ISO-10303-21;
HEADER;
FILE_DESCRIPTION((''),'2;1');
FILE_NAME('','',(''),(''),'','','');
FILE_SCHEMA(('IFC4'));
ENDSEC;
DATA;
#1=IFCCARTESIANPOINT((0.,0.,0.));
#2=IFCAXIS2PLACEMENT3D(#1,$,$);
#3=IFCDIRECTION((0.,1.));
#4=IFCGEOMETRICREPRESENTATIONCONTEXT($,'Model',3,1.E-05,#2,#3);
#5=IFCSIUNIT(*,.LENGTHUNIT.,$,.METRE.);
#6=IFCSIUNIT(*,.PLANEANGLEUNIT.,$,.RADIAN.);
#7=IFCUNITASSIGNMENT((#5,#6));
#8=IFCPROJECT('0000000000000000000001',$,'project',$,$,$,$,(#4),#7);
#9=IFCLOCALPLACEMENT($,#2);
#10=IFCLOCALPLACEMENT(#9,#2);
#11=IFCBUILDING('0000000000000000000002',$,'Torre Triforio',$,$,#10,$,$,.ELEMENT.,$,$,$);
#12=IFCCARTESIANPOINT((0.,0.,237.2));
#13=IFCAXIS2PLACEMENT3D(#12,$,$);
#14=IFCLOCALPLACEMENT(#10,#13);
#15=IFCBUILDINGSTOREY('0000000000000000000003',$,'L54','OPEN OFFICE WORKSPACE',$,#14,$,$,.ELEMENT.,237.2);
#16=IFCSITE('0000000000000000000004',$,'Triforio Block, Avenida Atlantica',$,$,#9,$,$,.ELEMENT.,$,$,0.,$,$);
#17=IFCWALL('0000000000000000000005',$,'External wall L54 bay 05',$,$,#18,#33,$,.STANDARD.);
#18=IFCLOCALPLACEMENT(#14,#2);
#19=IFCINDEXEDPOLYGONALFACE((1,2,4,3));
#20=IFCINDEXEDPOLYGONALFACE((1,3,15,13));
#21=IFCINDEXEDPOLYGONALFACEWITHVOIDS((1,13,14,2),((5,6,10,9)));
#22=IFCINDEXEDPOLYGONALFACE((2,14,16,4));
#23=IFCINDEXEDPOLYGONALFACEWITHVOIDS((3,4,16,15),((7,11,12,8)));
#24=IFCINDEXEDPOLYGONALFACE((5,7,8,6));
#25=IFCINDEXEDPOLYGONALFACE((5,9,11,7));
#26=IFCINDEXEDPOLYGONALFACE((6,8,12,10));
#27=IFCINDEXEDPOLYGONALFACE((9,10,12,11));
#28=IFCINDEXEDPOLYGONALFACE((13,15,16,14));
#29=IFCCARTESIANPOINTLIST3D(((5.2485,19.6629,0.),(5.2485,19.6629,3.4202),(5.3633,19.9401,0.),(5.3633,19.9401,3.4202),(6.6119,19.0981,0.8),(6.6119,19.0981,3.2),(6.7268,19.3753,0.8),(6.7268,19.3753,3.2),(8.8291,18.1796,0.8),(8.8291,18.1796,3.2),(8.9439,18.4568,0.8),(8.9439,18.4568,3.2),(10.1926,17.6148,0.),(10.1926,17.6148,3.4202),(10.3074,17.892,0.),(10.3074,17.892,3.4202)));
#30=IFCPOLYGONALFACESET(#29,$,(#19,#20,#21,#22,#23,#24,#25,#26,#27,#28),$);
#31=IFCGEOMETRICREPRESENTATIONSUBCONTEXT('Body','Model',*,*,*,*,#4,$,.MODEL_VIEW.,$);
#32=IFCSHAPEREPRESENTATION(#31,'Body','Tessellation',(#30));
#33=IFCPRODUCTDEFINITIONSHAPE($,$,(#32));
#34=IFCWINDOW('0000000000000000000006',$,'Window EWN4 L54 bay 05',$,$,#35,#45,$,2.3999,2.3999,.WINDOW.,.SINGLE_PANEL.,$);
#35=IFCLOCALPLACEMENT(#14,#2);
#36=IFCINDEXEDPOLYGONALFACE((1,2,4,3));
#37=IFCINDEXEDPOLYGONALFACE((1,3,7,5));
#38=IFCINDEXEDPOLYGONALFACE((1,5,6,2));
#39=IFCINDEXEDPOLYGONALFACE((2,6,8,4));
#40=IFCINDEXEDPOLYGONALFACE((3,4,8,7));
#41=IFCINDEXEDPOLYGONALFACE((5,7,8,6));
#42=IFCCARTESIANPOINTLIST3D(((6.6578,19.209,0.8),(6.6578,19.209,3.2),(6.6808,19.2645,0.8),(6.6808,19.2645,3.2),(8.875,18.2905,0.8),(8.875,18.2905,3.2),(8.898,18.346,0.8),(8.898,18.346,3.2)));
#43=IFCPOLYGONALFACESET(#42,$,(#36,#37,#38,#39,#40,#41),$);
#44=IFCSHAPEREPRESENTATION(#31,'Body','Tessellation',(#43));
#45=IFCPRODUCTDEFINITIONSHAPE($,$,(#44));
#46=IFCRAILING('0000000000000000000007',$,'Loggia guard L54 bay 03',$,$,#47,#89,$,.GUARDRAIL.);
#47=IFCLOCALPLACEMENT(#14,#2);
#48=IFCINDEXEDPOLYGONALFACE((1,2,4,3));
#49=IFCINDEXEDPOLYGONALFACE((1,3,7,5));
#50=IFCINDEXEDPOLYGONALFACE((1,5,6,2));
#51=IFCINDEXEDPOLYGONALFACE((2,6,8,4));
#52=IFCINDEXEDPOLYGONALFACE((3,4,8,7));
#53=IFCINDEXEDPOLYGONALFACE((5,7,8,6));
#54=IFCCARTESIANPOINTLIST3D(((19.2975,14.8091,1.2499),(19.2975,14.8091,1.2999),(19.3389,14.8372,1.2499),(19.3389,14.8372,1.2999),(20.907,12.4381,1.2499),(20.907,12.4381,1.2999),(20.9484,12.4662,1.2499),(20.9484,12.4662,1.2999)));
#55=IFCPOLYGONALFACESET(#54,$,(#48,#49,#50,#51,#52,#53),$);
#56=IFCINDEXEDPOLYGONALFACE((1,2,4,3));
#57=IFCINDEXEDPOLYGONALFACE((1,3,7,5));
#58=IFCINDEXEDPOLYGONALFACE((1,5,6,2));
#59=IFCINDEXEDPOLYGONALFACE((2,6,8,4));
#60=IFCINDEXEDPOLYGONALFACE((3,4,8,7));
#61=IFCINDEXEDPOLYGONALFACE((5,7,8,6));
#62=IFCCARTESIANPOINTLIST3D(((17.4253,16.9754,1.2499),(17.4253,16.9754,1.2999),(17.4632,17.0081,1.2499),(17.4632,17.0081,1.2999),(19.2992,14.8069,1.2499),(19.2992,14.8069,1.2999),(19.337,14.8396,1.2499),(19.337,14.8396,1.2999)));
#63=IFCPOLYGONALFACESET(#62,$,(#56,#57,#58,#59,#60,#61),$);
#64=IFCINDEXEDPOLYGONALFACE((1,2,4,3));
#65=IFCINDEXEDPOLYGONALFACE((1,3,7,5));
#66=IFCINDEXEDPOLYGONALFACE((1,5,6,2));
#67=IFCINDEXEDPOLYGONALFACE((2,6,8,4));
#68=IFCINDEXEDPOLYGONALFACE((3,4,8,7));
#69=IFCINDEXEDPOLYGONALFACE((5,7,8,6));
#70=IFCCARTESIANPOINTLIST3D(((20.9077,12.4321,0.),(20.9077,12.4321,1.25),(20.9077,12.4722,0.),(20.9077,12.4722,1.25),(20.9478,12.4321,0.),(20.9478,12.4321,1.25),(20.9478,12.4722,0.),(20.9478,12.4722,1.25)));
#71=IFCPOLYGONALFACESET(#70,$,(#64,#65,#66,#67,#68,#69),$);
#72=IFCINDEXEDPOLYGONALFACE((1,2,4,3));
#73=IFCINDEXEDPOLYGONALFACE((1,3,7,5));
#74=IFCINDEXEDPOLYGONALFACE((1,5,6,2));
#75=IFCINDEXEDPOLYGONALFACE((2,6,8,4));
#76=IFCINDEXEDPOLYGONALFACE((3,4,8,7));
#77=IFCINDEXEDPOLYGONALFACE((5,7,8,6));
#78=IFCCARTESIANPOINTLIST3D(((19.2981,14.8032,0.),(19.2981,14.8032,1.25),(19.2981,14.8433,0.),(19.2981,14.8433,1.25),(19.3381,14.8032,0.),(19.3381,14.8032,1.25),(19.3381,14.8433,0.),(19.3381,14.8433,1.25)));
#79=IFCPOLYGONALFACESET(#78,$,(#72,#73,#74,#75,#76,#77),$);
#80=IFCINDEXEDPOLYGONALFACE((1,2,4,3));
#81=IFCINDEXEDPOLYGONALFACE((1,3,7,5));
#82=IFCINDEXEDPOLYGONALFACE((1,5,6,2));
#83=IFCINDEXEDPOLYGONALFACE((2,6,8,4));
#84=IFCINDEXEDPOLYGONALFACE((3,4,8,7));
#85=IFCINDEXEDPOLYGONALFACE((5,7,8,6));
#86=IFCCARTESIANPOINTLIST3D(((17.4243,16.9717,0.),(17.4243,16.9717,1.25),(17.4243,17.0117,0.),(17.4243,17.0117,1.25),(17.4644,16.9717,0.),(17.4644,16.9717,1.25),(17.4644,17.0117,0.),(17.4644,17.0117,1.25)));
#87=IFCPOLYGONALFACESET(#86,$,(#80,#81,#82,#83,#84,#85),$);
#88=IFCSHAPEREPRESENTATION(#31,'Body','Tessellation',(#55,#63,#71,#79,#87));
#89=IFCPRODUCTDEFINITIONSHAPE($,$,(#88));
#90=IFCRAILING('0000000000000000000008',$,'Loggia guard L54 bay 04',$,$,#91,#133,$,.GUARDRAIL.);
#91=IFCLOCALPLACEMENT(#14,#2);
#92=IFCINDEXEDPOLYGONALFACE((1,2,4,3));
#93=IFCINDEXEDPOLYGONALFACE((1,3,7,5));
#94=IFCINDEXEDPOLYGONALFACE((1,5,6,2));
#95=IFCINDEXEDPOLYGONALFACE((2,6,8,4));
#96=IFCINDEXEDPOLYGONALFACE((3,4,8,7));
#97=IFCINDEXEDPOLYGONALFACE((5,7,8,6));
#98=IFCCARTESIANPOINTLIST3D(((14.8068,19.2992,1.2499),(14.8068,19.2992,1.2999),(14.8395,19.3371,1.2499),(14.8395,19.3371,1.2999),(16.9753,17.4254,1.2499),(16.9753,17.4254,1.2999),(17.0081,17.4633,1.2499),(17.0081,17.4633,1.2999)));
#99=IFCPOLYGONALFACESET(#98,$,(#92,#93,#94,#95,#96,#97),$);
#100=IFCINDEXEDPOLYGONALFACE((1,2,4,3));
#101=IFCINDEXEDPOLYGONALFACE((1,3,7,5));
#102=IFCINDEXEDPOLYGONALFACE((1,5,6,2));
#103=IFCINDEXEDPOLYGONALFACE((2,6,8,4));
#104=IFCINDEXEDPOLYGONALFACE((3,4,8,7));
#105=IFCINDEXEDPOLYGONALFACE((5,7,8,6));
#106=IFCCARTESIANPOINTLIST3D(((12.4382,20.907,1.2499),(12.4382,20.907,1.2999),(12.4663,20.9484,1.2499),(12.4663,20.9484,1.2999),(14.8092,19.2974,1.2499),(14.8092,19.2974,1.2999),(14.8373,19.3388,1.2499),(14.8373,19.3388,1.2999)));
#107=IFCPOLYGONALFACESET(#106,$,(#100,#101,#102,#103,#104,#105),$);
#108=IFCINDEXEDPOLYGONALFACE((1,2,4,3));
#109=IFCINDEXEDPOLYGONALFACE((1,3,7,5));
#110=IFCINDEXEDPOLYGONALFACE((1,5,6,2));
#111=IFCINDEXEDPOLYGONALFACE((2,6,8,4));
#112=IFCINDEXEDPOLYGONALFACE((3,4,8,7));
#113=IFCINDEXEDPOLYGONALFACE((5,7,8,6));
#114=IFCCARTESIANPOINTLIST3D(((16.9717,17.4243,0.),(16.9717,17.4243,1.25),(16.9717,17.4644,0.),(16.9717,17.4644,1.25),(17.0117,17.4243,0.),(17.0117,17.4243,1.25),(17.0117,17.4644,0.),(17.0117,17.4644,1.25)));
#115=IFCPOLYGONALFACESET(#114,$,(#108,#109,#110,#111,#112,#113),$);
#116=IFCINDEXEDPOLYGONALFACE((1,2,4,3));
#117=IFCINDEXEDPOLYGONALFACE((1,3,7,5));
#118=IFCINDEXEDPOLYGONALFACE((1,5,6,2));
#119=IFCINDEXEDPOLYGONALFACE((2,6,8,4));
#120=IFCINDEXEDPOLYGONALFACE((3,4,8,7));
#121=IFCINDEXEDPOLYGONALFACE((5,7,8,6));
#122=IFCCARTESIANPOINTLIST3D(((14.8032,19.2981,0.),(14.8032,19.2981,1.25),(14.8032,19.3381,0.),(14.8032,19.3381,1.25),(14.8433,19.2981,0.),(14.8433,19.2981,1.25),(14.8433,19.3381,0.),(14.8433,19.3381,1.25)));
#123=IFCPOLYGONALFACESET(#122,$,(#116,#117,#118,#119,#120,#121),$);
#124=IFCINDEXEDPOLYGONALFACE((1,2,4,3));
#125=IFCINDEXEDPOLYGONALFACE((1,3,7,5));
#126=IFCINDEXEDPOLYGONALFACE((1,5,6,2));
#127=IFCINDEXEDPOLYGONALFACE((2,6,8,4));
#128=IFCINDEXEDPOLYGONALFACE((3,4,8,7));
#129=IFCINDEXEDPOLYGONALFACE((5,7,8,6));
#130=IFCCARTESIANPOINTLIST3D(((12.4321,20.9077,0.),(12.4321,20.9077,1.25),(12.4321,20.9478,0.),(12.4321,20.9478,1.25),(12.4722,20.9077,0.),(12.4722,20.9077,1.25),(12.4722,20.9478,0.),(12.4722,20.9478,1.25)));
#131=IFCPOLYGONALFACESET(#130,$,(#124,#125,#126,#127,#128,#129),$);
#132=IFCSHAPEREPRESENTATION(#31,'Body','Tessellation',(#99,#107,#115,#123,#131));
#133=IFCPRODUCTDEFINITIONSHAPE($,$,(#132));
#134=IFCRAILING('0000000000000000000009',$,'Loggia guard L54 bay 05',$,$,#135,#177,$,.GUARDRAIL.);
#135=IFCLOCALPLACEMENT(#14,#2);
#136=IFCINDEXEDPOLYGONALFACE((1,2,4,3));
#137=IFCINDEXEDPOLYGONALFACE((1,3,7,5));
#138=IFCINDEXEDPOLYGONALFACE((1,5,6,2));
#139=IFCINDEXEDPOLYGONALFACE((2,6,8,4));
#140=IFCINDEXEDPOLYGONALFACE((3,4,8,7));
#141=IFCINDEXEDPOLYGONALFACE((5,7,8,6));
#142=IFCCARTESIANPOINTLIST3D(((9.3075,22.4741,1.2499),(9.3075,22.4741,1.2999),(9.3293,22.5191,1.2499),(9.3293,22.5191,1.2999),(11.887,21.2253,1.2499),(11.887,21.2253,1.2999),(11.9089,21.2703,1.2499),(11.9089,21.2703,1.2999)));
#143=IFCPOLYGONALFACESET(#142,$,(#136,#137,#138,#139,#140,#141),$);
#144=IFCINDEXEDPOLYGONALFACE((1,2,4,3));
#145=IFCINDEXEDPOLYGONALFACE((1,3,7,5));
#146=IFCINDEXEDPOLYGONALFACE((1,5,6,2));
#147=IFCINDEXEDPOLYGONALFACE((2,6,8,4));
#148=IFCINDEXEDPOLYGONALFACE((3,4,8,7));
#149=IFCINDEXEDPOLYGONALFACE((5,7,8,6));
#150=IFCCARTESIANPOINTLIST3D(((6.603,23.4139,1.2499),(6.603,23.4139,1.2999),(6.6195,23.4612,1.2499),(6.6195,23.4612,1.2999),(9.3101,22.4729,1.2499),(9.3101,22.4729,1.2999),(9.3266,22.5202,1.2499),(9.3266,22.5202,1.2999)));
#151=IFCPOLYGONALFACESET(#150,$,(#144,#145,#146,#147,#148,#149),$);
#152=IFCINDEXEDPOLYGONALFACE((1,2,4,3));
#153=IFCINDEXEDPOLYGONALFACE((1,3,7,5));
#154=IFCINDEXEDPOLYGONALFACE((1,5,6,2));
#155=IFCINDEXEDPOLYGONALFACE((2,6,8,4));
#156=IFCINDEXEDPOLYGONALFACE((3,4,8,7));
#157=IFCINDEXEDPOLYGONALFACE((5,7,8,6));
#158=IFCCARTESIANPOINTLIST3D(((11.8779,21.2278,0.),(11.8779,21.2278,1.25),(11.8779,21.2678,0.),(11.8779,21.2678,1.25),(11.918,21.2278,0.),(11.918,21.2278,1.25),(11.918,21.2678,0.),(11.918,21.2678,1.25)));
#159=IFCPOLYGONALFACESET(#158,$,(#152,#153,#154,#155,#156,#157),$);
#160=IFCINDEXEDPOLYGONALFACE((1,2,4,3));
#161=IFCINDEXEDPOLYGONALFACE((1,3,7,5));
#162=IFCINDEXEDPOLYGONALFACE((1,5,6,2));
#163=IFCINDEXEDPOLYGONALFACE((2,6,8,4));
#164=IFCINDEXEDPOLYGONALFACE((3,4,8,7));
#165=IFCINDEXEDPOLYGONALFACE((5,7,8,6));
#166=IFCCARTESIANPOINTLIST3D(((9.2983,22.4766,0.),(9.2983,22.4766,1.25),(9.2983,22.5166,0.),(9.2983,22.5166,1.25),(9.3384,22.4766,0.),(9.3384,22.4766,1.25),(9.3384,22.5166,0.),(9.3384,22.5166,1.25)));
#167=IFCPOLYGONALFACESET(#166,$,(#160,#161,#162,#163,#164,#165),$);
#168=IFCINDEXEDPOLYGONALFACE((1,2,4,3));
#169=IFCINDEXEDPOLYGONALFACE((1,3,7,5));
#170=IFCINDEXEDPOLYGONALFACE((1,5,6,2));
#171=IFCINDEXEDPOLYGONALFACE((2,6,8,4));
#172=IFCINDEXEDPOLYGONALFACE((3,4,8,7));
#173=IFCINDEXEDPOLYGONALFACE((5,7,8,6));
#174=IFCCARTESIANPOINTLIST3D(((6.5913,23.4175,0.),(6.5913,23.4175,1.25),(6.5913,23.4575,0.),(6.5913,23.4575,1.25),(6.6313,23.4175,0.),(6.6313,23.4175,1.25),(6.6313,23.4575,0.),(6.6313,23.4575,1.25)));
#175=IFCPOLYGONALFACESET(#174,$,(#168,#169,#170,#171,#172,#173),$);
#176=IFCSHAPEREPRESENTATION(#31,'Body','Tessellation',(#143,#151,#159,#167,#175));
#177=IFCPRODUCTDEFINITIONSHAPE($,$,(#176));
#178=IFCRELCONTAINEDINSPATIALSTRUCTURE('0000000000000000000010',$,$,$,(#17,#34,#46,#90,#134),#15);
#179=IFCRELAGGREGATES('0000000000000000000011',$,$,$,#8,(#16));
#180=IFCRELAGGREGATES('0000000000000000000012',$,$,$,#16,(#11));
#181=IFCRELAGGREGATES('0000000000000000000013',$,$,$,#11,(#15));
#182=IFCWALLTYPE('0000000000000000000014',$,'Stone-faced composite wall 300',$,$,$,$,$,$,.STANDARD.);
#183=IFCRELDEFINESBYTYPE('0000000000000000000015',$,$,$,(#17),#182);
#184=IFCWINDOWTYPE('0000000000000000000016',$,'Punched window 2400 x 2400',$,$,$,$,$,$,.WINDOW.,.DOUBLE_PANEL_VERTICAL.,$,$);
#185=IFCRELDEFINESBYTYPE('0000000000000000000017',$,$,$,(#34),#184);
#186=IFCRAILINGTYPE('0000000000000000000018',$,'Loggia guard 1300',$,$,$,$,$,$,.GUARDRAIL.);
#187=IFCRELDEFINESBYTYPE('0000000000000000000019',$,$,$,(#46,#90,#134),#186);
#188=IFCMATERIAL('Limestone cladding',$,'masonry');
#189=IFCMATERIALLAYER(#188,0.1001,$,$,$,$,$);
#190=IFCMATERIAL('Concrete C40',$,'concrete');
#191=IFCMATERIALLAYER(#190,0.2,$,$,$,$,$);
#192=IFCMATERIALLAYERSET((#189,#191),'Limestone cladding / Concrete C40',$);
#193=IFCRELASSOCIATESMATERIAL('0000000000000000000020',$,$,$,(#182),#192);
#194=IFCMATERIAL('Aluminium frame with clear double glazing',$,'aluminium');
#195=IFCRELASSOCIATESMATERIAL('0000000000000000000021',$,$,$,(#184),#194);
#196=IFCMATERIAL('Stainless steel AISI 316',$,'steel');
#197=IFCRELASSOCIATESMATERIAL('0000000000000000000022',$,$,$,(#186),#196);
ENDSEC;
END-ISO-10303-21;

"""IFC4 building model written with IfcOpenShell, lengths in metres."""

from ifc_helpers import new_model, si_unit, direction, frame, frame_2d, origin, origin_2d, place, context, subcontext, project, spatial, rectangle, extrude, material, layer, layer_set, type_object, element, fill, save


model = new_model("IFC4")

# Units and contexts
model_context = context("Model", 3, precision=1e-05, world=origin(), true_north=direction((0.0, 1.0)))
body_context = subcontext(model_context, "Body", "Model", "MODEL_VIEW")
ifc_project = project(units=[si_unit("LENGTHUNIT", "METRE"), si_unit("PLANEANGLEUNIT", "RADIAN")], contexts=[model_context])

# Site, building, storey
site_placement = place(None, origin())
site = spatial("IfcSite", under=ifc_project, at=site_placement, Name="Triforio Block, Avenida Atlantica", CompositionType="ELEMENT", RefElevation=0.0)
building_placement = place(site_placement, origin())
building = spatial("IfcBuilding", under=site, at=building_placement, Name="Torre Triforio", CompositionType="ELEMENT")
storey_placement = place(building_placement, frame((0.0, 0.0, 237.2)))
storey = spatial("IfcBuildingStorey", under=building, at=storey_placement, Name="L54", Description="OPEN OFFICE WORKSPACE", CompositionType="ELEMENT", Elevation=237.2)

# Shared definitions
ifc_material_1 = material(Name="Concrete C40", Category="concrete")

# Shared definitions
ifc_material_2 = material(Name="Limestone cladding", Category="masonry")

# Shared definitions
ifc_layer_1 = layer(ifc_material_2, 0.1001)
ifc_layer_2 = layer(ifc_material_1, 0.2)
ifc_layer_set_1 = layer_set([ifc_layer_1, ifc_layer_2], Name="Limestone cladding / Concrete C40")
wall_type_1 = type_object("IfcWallType", Name="Stone-faced composite wall 300", PredefinedType="STANDARD", material=ifc_layer_set_1)
ifc_material_3 = material(Name="Aluminium frame with clear double glazing", Category="aluminium")
window_type_1 = type_object("IfcWindowType", Name="Punched window 2400 x 2400", PartitioningType="DOUBLE_PANEL_VERTICAL", PredefinedType="WINDOW", material=ifc_material_3)

# Wall, opening, window
wall_1_placement = place(storey_placement, frame((10.25, 17.7534, 0.0), z_axis=(0.0, 0.0, 1.0), x_axis=(-0.923867, 0.382713, 0.0)))
wall_1 = element("IfcWall", 1, at=wall_1_placement, inside=storey, type_object=wall_type_1, Name="External wall L54 bay 05", PredefinedType="STANDARD", context=body_context, shape_type="SweptSolid", body=[
    extrude(rectangle(XDim=5.3516, YDim=0.3, at=frame_2d((2.6758, 0.0))), origin(), (0.0, 0.0, 1.0), 3.4202),
])
opening_1_placement = place(wall_1_placement, frame((1.4758, 0.0, 0.8)))
opening_1 = element("IfcOpeningElement", 2, at=opening_1_placement, cuts=wall_1, PredefinedType="OPENING", context=body_context, shape_type="SweptSolid", body=[
    extrude(rectangle(XDim=2.3999, YDim=2.3999, at=frame_2d((1.2, 1.2))), frame((0.0, 0.1599, 0.0), z_axis=(0.0, -1.0, 0.0), x_axis=(1.0, 0.0, 0.0)), (0.0, 0.0, 1.0), 0.3201),
])
window_1_placement = place(opening_1_placement, origin())
window_1 = element("IfcWindow", 3, at=window_1_placement, inside=storey, type_object=window_type_1, Name="Window EWN4 L54 bay 05", OverallHeight=2.3999, OverallWidth=2.3999, PartitioningType="SINGLE_PANEL", PredefinedType="WINDOW", context=body_context, shape_type="SweptSolid", body=[
    extrude(rectangle(XDim=2.3999, YDim=2.3999, at=frame_2d((1.2, 1.2))), frame((0.0, 0.03, 0.0), z_axis=(0.0, -1.0, 0.0), x_axis=(1.0, 0.0, 0.0)), (0.0, 0.0, 1.0), 0.0601),
])
fill(opening_1, window_1)

# Railings
ifc_material_4 = material(Name="Stainless steel AISI 316", Category="steel")
railing_type = type_object("IfcRailingType", Name="Loggia guard 1300", PredefinedType="GUARDRAIL", material=ifc_material_4)
railing_1_placement = place(storey_placement, frame((20.9277, 12.4521, 0.0)))
element("IfcRailing", 4, at=railing_1_placement, inside=storey, type_object=railing_type, Name="Loggia guard L54 bay 03", PredefinedType="GUARDRAIL", context=body_context, shape_type="SweptSolid", body=[
    extrude(rectangle(XDim=0.05, YDim=0.05, at=origin_2d()), frame((0.0, 0.0, 1.2749), z_axis=(-0.56166, 0.827368, 0.0), x_axis=(-0.827368, -0.56166, 0.0)), (0.0, 0.0, 1.0), 2.8657),
    extrude(rectangle(XDim=0.05, YDim=0.05, at=origin_2d()), frame((-1.6096, 2.3711, 1.2749), z_axis=(-0.653824, 0.756647, 0.0), x_axis=(-0.756647, -0.653824, 0.0)), (0.0, 0.0, 1.0), 2.866),
    extrude(rectangle(XDim=0.04, YDim=0.04, at=origin_2d()), origin(), (0.0, 0.0, 1.0), 1.25),
    extrude(rectangle(XDim=0.04, YDim=0.04, at=origin_2d()), frame((-1.6096, 2.3711, 0.0)), (0.0, 0.0, 1.0), 1.25),
    extrude(rectangle(XDim=0.04, YDim=0.04, at=origin_2d()), frame((-3.4834, 4.5396, 0.0)), (0.0, 0.0, 1.0), 1.25),
])
railing_2_placement = place(storey_placement, frame((16.9917, 17.4443, 0.0)))
element("IfcRailing", 5, at=railing_2_placement, inside=storey, type_object=railing_type, Name="Loggia guard L54 bay 04", PredefinedType="GUARDRAIL", context=body_context, shape_type="SweptSolid", body=[
    extrude(rectangle(XDim=0.05, YDim=0.05, at=origin_2d()), frame((0.0, 0.0, 1.2749), z_axis=(-0.756647, 0.653824, 0.0), x_axis=(-0.653824, -0.756647, 0.0)), (0.0, 0.0, 1.0), 2.866),
    extrude(rectangle(XDim=0.05, YDim=0.05, at=origin_2d()), frame((-2.1685, 1.8738, 1.2749), z_axis=(-0.827368, 0.56166, 0.0), x_axis=(-0.56166, -0.827368, 0.0)), (0.0, 0.0, 1.0), 2.8657),
    extrude(rectangle(XDim=0.04, YDim=0.04, at=origin_2d()), origin(), (0.0, 0.0, 1.0), 1.25),
    extrude(rectangle(XDim=0.04, YDim=0.04, at=origin_2d()), frame((-2.1685, 1.8738, 0.0)), (0.0, 0.0, 1.0), 1.25),
    extrude(rectangle(XDim=0.04, YDim=0.04, at=origin_2d()), frame((-4.5396, 3.4834, 0.0)), (0.0, 0.0, 1.0), 1.25),
])
railing_3_placement = place(storey_placement, frame((11.8979, 21.2478, 0.0)))
element("IfcRailing", 6, at=railing_3_placement, inside=storey, type_object=railing_type, Name="Loggia guard L54 bay 05", PredefinedType="GUARDRAIL", context=body_context, shape_type="SweptSolid", body=[
    extrude(rectangle(XDim=0.05, YDim=0.05, at=origin_2d()), frame((0.0, 0.0, 1.2749), z_axis=(-0.900078, 0.435728, 0.0), x_axis=(-0.435728, -0.900078, 0.0)), (0.0, 0.0, 1.0), 2.866),
    extrude(rectangle(XDim=0.05, YDim=0.05, at=origin_2d()), frame((-2.5796, 1.2488, 1.2749), z_axis=(-0.944568, 0.328316, 0.0), x_axis=(-0.328316, -0.944568, 0.0)), (0.0, 0.0, 1.0), 2.866),
    extrude(rectangle(XDim=0.04, YDim=0.04, at=origin_2d()), origin(), (0.0, 0.0, 1.0), 1.25),
    extrude(rectangle(XDim=0.04, YDim=0.04, at=origin_2d()), frame((-2.5796, 1.2488, 0.0)), (0.0, 0.0, 1.0), 1.25),
    extrude(rectangle(XDim=0.04, YDim=0.04, at=origin_2d()), frame((-5.2866, 2.1897, 0.0)), (0.0, 0.0, 1.0), 1.25),
])

save(model, "model.ifc")
